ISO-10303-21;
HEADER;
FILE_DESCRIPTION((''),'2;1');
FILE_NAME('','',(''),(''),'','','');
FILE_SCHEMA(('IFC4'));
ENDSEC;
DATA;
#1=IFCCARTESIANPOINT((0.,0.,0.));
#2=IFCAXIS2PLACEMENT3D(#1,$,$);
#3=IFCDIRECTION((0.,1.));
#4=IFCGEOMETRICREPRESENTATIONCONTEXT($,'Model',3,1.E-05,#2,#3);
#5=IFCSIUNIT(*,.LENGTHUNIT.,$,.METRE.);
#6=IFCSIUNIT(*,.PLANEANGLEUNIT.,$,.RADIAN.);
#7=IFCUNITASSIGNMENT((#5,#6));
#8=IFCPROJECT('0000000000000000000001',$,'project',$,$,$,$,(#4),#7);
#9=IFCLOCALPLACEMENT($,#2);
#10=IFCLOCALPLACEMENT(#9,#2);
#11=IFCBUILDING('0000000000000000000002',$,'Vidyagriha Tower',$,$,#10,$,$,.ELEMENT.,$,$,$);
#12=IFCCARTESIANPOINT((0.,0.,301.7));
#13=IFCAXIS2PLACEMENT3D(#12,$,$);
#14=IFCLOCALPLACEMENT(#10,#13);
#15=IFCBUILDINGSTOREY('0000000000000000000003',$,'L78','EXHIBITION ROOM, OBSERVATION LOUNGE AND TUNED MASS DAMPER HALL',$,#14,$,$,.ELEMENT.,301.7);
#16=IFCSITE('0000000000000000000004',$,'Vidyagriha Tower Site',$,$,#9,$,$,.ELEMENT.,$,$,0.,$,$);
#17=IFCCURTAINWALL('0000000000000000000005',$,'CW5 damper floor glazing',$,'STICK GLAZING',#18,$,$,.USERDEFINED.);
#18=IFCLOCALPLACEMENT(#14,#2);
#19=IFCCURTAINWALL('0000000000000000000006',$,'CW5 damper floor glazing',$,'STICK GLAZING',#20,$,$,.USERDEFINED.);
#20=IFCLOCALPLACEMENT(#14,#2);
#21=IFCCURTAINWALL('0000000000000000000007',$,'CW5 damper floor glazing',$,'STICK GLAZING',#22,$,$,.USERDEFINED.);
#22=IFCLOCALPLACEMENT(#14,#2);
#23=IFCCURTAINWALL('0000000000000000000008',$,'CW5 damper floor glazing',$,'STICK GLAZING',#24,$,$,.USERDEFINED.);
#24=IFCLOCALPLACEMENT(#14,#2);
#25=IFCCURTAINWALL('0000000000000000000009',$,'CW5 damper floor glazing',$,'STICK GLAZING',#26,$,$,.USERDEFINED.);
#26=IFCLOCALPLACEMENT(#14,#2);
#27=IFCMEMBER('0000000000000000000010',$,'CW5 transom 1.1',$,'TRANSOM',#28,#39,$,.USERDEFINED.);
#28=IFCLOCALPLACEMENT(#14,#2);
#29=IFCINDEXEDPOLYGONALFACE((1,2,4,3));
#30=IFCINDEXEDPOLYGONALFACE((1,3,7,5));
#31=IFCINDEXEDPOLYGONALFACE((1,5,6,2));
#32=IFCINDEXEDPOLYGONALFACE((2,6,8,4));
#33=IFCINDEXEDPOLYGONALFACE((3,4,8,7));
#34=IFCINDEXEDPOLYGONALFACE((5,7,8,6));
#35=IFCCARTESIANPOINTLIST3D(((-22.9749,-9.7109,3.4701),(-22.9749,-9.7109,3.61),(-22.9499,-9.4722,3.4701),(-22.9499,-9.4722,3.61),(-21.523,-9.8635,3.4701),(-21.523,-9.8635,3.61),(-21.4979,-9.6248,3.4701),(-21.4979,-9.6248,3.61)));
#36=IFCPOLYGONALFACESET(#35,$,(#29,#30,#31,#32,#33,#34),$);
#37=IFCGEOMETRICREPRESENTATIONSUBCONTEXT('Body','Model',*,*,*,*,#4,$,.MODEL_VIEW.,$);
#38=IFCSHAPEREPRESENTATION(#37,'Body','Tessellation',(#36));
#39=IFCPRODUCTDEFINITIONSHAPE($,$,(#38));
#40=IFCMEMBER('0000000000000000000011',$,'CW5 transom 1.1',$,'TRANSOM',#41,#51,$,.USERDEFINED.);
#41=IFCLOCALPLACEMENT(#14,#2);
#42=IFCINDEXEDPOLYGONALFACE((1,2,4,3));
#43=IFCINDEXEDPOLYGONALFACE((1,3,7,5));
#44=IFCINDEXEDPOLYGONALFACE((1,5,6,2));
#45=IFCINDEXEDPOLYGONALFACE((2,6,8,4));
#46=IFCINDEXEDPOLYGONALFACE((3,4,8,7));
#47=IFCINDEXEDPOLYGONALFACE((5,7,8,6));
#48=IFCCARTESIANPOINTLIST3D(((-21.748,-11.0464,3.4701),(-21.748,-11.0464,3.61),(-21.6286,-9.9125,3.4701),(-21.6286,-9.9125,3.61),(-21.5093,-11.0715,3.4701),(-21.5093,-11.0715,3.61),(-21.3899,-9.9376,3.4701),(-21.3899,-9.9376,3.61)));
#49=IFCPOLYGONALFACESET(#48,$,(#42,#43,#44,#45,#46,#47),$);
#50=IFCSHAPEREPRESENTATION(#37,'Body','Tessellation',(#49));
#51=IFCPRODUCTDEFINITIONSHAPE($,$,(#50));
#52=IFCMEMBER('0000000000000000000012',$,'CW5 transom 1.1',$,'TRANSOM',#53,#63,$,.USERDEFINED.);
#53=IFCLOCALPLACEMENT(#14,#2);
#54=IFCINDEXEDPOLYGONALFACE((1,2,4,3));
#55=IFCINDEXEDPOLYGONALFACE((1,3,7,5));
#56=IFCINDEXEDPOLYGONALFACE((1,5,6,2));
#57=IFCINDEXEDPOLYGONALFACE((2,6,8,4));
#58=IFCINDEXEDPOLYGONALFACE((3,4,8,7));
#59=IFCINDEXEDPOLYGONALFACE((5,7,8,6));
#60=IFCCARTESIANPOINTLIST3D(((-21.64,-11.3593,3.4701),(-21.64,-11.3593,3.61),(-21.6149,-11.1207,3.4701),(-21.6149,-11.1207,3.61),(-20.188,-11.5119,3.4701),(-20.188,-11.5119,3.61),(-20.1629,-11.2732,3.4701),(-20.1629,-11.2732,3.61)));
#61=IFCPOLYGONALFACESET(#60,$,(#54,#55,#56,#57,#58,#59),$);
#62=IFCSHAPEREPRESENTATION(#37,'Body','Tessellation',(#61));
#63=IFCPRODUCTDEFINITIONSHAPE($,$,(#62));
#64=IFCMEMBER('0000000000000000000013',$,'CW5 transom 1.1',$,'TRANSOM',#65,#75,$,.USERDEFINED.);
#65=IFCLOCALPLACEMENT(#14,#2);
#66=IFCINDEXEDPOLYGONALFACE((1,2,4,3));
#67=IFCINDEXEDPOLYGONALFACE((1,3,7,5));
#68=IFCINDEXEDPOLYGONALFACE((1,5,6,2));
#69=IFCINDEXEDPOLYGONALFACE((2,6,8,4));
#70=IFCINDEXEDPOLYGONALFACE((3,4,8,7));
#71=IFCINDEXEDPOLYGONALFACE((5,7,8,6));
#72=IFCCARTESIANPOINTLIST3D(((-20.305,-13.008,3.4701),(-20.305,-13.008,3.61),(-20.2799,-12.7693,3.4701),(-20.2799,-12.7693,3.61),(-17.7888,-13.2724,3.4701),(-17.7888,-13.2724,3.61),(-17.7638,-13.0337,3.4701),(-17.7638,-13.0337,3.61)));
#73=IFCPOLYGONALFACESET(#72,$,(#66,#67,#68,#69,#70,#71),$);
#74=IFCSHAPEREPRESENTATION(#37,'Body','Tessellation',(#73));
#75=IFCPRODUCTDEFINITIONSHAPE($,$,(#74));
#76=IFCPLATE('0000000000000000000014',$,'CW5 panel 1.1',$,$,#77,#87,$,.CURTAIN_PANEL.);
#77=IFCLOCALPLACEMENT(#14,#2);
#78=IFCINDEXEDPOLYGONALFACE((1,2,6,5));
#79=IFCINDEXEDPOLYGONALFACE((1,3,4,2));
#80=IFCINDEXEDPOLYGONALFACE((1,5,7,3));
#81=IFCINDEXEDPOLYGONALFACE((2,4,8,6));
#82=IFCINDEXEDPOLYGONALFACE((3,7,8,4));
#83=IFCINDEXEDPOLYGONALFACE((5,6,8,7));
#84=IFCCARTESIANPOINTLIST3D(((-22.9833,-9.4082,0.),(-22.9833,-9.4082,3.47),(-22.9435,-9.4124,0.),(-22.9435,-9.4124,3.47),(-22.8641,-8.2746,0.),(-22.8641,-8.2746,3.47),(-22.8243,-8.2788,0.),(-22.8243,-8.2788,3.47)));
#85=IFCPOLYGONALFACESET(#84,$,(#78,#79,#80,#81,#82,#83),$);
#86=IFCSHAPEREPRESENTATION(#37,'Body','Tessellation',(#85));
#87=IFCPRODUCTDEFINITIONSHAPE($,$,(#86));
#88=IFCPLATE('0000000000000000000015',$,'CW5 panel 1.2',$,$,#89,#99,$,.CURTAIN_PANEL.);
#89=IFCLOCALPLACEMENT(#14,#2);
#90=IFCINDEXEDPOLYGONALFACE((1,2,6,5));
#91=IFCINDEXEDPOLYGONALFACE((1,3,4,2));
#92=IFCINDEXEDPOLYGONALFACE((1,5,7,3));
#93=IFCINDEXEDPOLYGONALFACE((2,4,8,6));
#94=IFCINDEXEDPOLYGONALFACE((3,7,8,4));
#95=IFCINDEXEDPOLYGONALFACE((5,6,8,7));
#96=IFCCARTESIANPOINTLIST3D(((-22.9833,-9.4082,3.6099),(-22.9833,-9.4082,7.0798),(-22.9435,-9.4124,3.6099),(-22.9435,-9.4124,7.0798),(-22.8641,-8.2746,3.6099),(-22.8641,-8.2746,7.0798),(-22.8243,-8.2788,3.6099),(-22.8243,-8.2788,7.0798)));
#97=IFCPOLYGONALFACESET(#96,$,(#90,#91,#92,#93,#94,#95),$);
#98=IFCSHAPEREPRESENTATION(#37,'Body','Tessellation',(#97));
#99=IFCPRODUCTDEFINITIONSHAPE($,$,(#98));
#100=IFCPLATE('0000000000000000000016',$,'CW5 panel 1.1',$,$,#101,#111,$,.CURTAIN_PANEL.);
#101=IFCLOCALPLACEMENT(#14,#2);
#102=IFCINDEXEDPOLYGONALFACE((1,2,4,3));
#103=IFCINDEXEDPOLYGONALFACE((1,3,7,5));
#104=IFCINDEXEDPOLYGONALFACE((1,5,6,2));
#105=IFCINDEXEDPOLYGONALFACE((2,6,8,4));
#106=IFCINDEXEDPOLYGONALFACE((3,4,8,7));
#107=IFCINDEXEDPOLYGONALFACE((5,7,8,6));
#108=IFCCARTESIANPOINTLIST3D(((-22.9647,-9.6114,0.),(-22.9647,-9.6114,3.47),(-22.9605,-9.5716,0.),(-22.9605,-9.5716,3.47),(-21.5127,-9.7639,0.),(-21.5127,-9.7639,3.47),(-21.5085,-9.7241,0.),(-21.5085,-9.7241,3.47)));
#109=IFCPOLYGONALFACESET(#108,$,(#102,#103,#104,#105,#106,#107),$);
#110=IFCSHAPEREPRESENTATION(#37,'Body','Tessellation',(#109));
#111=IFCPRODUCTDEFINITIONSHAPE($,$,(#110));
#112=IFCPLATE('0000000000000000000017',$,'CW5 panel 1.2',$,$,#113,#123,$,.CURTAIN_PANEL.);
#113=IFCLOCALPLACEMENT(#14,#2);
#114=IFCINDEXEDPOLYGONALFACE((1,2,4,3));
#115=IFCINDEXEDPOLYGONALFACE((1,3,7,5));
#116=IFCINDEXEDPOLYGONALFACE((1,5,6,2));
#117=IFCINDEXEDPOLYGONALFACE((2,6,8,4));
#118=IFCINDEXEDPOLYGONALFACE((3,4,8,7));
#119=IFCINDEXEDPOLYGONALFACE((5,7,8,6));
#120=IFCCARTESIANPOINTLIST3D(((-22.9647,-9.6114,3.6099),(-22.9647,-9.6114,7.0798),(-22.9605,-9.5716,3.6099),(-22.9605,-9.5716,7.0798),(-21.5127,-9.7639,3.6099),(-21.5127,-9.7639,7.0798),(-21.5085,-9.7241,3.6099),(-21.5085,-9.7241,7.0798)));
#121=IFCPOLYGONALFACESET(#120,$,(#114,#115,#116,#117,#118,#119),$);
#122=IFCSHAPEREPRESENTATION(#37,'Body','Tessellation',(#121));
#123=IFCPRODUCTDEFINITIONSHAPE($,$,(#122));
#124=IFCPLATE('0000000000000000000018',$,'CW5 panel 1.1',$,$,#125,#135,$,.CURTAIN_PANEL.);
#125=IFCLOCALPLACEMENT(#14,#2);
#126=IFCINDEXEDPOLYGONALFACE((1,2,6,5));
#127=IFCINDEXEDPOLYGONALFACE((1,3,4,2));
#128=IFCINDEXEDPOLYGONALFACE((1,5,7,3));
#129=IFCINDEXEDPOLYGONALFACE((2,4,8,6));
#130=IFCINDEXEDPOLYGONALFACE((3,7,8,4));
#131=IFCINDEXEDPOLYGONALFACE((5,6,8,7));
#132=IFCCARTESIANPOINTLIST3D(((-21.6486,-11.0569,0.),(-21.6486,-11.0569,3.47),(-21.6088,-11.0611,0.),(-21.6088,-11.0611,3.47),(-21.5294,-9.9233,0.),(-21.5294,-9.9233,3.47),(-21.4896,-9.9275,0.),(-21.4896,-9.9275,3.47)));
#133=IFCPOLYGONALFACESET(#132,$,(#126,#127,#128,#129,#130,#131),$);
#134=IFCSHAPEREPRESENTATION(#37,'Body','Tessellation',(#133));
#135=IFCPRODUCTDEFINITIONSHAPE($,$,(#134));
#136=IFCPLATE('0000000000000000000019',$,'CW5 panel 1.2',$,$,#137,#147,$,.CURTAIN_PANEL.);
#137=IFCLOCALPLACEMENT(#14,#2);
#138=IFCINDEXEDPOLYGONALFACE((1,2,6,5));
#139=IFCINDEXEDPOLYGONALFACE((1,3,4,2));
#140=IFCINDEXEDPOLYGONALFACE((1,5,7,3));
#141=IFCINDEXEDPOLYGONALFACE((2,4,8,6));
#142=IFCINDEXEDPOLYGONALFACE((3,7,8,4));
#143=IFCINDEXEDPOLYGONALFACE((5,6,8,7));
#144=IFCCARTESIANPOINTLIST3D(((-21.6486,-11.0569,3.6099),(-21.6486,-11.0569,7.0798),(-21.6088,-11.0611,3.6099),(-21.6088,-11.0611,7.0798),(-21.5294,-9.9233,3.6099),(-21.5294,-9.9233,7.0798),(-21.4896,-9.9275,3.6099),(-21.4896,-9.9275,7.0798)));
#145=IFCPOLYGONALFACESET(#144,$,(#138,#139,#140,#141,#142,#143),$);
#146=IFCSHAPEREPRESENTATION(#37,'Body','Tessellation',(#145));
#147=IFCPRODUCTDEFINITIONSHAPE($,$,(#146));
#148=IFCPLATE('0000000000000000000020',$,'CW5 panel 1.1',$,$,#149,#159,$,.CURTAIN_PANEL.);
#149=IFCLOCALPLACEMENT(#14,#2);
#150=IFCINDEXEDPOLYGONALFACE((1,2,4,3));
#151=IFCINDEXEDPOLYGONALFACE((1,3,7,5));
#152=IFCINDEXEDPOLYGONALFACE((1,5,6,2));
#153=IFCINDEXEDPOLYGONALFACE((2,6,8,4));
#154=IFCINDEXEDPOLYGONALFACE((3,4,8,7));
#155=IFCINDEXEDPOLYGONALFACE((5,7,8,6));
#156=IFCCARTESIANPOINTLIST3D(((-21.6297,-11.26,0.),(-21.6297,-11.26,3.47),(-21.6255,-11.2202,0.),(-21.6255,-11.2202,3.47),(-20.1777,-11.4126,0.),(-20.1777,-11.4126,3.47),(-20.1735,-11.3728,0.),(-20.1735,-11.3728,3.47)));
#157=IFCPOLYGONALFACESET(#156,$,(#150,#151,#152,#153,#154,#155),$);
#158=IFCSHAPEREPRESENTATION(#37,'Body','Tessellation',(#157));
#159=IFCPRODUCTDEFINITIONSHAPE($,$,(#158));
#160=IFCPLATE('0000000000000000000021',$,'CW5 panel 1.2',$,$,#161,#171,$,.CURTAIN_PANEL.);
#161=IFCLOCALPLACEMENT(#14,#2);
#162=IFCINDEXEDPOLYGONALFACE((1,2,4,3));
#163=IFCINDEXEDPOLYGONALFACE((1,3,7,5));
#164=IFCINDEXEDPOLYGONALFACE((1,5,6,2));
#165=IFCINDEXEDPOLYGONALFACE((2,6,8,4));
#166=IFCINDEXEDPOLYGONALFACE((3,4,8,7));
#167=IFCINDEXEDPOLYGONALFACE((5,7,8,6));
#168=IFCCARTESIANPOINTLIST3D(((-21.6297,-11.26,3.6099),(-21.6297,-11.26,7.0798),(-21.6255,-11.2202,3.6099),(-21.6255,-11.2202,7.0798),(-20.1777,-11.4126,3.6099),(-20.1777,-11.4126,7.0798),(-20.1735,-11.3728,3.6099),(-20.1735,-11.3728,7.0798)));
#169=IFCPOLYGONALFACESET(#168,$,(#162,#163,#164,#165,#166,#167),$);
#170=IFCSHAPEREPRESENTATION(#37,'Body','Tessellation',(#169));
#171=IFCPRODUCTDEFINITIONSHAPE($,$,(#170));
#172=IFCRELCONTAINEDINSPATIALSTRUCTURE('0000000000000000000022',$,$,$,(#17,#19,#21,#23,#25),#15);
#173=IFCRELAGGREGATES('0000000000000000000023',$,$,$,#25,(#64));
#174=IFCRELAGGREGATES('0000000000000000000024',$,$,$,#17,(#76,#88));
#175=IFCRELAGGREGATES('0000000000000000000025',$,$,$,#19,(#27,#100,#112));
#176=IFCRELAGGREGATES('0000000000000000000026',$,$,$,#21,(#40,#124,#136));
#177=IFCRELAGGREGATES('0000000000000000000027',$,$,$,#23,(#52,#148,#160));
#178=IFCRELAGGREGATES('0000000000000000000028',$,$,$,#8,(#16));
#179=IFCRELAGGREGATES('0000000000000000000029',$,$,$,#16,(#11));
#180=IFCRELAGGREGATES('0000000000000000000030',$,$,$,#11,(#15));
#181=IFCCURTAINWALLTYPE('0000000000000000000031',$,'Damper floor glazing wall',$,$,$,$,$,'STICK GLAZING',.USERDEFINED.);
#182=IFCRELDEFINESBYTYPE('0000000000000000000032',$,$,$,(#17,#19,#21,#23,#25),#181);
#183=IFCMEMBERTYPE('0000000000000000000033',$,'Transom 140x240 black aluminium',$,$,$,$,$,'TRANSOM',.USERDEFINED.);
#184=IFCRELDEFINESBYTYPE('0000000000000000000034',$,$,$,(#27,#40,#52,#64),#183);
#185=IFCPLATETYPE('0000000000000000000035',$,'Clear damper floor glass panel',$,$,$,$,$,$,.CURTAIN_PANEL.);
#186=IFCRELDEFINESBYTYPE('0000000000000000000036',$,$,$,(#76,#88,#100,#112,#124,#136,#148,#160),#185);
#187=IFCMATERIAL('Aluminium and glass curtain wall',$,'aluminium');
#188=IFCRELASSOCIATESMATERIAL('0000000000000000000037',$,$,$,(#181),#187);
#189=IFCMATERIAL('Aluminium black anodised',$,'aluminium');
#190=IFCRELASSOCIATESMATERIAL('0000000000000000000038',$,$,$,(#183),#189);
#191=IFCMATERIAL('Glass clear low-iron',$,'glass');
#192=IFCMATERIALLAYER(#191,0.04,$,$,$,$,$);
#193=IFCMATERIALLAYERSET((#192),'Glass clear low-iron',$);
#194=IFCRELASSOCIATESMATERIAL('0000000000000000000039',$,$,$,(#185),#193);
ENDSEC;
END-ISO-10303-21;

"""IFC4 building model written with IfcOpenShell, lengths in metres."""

from ifc_helpers import new_model, si_unit, direction, frame, origin, origin_2d, place, context, subcontext, project, spatial, rectangle, extrude, material, layer, layer_set, material_profile, profile_set, type_object, element, aggregate, save


model = new_model("IFC4")

# Units and contexts
model_context = context("Model", 3, precision=1e-05, world=origin(), true_north=direction((0.0, 1.0)))
body_context = subcontext(model_context, "Body", "Model", "MODEL_VIEW")
ifc_project = project(units=[si_unit("LENGTHUNIT", "METRE"), si_unit("PLANEANGLEUNIT", "RADIAN")], contexts=[model_context])

# Site, building, storey
site_placement = place(None, origin())
site = spatial("IfcSite", under=ifc_project, at=site_placement, Name="Vidyagriha Tower Site", CompositionType="ELEMENT", RefElevation=0.0)
building_placement = place(site_placement, origin())
building = spatial("IfcBuilding", under=site, at=building_placement, Name="Vidyagriha Tower", CompositionType="ELEMENT")
storey_placement = place(building_placement, frame((0.0, 0.0, 301.7)))
storey = spatial("IfcBuildingStorey", under=building, at=storey_placement, Name="L78", Description="EXHIBITION ROOM, OBSERVATION LOUNGE AND TUNED MASS DAMPER HALL", CompositionType="ELEMENT", Elevation=301.7)

# Curtain walls
ifc_material_1 = material(Name="Aluminium and glass curtain wall", Category="aluminium")
curtain_wall_type = type_object("IfcCurtainWallType", Name="Damper floor glazing wall", ElementType="STICK GLAZING", PredefinedType="USERDEFINED", material=ifc_material_1)
curtain_wall_1_placement = place(storey_placement, origin())
curtain_wall_1 = element("IfcCurtainWall", 1, at=curtain_wall_1_placement, inside=storey, type_object=curtain_wall_type, Name="CW5 damper floor glazing", ObjectType="STICK GLAZING", PredefinedType="USERDEFINED")
curtain_wall_2_placement = place(storey_placement, origin())
curtain_wall_2 = element("IfcCurtainWall", 2, at=curtain_wall_2_placement, inside=storey, type_object=curtain_wall_type, Name="CW5 damper floor glazing", ObjectType="STICK GLAZING", PredefinedType="USERDEFINED")
curtain_wall_3_placement = place(storey_placement, origin())
curtain_wall_3 = element("IfcCurtainWall", 3, at=curtain_wall_3_placement, inside=storey, type_object=curtain_wall_type, Name="CW5 damper floor glazing", ObjectType="STICK GLAZING", PredefinedType="USERDEFINED")

# Curtain walls
curtain_wall_4_placement = place(storey_placement, origin())
curtain_wall_4 = element("IfcCurtainWall", 4, at=curtain_wall_4_placement, inside=storey, type_object=curtain_wall_type, Name="CW5 damper floor glazing", ObjectType="STICK GLAZING", PredefinedType="USERDEFINED")
curtain_wall_5_placement = place(storey_placement, origin())
curtain_wall_5 = element("IfcCurtainWall", 5, at=curtain_wall_5_placement, inside=storey, type_object=curtain_wall_type, Name="CW5 damper floor glazing", ObjectType="STICK GLAZING", PredefinedType="USERDEFINED")

# Members
ifc_material_2 = material(Name="Aluminium black anodised", Category="aluminium")
ifc_material_profile_1 = material_profile(ifc_material_2, rectangle(XDim=0.24, YDim=0.1399, at=origin_2d()), Name="Transom 140x240 black aluminium")
ifc_profile_set_1 = profile_set([ifc_material_profile_1], Name="Aluminium black anodised")
member_type_1 = type_object("IfcMemberType", Name="Transom 140x240 black aluminium", ElementType="TRANSOM", PredefinedType="USERDEFINED", material=ifc_profile_set_1)
member_1_placement = place(storey_placement, frame((-22.9624, -9.5916, 3.54), z_axis=(0.994523, -0.104519, 0.0), x_axis=(0.104519, 0.994523, 0.0)))
member_1 = element("IfcMember", 6, at=member_1_placement, type_object=member_type_1, Name="CW5 transom 1.1", ObjectType="TRANSOM", PredefinedType="USERDEFINED", context=body_context, shape_type="SweptSolid", body=[
    extrude(rectangle(XDim=0.24, YDim=0.1399, at=origin_2d()), origin(), (0.0, 0.0, 1.0), 1.46),
])
member_2_placement = place(storey_placement, frame((-21.5093, -9.925, 3.54), z_axis=(-0.104718, -0.994502, 0.0), x_axis=(0.994502, -0.104718, 0.0)))
member_2 = element("IfcMember", 7, at=member_2_placement, type_object=member_type_1, Name="CW5 transom 1.1", ObjectType="TRANSOM", PredefinedType="USERDEFINED", context=body_context, shape_type="SweptSolid", body=[
    extrude(rectangle(XDim=0.24, YDim=0.1399, at=origin_2d()), origin(), (0.0, 0.0, 1.0), 1.1401),
])
member_3_placement = place(storey_placement, frame((-21.6274, -11.24, 3.54), z_axis=(0.994523, -0.104519, 0.0), x_axis=(0.104519, 0.994523, 0.0)))
member_3 = element("IfcMember", 8, at=member_3_placement, type_object=member_type_1, Name="CW5 transom 1.1", ObjectType="TRANSOM", PredefinedType="USERDEFINED", context=body_context, shape_type="SweptSolid", body=[
    extrude(rectangle(XDim=0.24, YDim=0.1399, at=origin_2d()), origin(), (0.0, 0.0, 1.0), 1.46),
])
member_4_placement = place(storey_placement, frame((-20.2925, -12.8887, 3.54), z_axis=(0.994524, -0.104509, 0.0), x_axis=(0.104509, 0.994524, 0.0)))
member_4 = element("IfcMember", 9, at=member_4_placement, type_object=member_type_1, Name="CW5 transom 1.1", ObjectType="TRANSOM", PredefinedType="USERDEFINED", context=body_context, shape_type="SweptSolid", body=[
    extrude(rectangle(XDim=0.24, YDim=0.1399, at=origin_2d()), origin(), (0.0, 0.0, 1.0), 2.53),
])
aggregate(curtain_wall_5, [member_4])

# Plates
ifc_material_3 = material(Name="Glass clear low-iron", Category="glass")
ifc_layer = layer(ifc_material_3, 0.04)
ifc_layer_set = layer_set([ifc_layer], Name="Glass clear low-iron")
plate_type = type_object("IfcPlateType", Name="Clear damper floor glass panel", PredefinedType="CURTAIN_PANEL", material=ifc_layer_set)
plate_1_placement = place(storey_placement, frame((-22.9038, -8.8435, 0.0), z_axis=(0.0, 0.0, 1.0), x_axis=(-0.104557, -0.994519, 0.0)))
plate_1 = element("IfcPlate", 10, at=plate_1_placement, type_object=plate_type, Name="CW5 panel 1.1", PredefinedType="CURTAIN_PANEL", context=body_context, shape_type="SweptSolid", body=[
    extrude(rectangle(XDim=1.1399, YDim=0.04, at=origin_2d()), origin(), (0.0, 0.0, 1.0), 3.47),
])
plate_2_placement = place(storey_placement, frame((-22.9038, -8.8435, 3.6099), z_axis=(0.0, 0.0, 1.0), x_axis=(-0.104557, -0.994519, 0.0)))
plate_2 = element("IfcPlate", 11, at=plate_2_placement, type_object=plate_type, Name="CW5 panel 1.2", PredefinedType="CURTAIN_PANEL", context=body_context, shape_type="SweptSolid", body=[
    extrude(rectangle(XDim=1.1399, YDim=0.04, at=origin_2d()), origin(), (0.0, 0.0, 1.0), 3.47),
])
aggregate(curtain_wall_1, [plate_1, plate_2])
plate_3_placement = place(storey_placement, frame((-22.2366, -9.6677, 0.0), z_axis=(0.0, 0.0, 1.0), x_axis=(0.994529, -0.104459, 0.0)))
plate_3 = element("IfcPlate", 12, at=plate_3_placement, type_object=plate_type, Name="CW5 panel 1.1", PredefinedType="CURTAIN_PANEL", context=body_context, shape_type="SweptSolid", body=[
    extrude(rectangle(XDim=1.46, YDim=0.04, at=origin_2d()), origin(), (0.0, 0.0, 1.0), 3.47),
])
plate_4_placement = place(storey_placement, frame((-22.2366, -9.6677, 3.6099), z_axis=(0.0, 0.0, 1.0), x_axis=(0.994529, -0.104459, 0.0)))
plate_4 = element("IfcPlate", 13, at=plate_4_placement, type_object=plate_type, Name="CW5 panel 1.2", PredefinedType="CURTAIN_PANEL", context=body_context, shape_type="SweptSolid", body=[
    extrude(rectangle(XDim=1.46, YDim=0.04, at=origin_2d()), origin(), (0.0, 0.0, 1.0), 3.47),
])
aggregate(curtain_wall_2, [member_1, plate_3, plate_4])
plate_5_placement = place(storey_placement, frame((-21.5691, -10.4922, 0.0), z_axis=(0.0, 0.0, 1.0), x_axis=(-0.104549, -0.99452, 0.0)))
plate_5 = element("IfcPlate", 14, at=plate_5_placement, type_object=plate_type, Name="CW5 panel 1.1", PredefinedType="CURTAIN_PANEL", context=body_context, shape_type="SweptSolid", body=[
    extrude(rectangle(XDim=1.1399, YDim=0.04, at=origin_2d()), origin(), (0.0, 0.0, 1.0), 3.47),
])
plate_6_placement = place(storey_placement, frame((-21.5691, -10.4922, 3.6099), z_axis=(0.0, 0.0, 1.0), x_axis=(-0.104549, -0.99452, 0.0)))
plate_6 = element("IfcPlate", 15, at=plate_6_placement, type_object=plate_type, Name="CW5 panel 1.2", PredefinedType="CURTAIN_PANEL", context=body_context, shape_type="SweptSolid", body=[
    extrude(rectangle(XDim=1.1399, YDim=0.04, at=origin_2d()), origin(), (0.0, 0.0, 1.0), 3.47),
])
aggregate(curtain_wall_3, [member_2, plate_5, plate_6])
plate_7_placement = place(storey_placement, frame((-20.9016, -11.3164, 0.0), z_axis=(0.0, 0.0, 1.0), x_axis=(0.994523, -0.104519, 0.0)))
plate_7 = element("IfcPlate", 16, at=plate_7_placement, type_object=plate_type, Name="CW5 panel 1.1", PredefinedType="CURTAIN_PANEL", context=body_context, shape_type="SweptSolid", body=[
    extrude(rectangle(XDim=1.46, YDim=0.04, at=origin_2d()), origin(), (0.0, 0.0, 1.0), 3.47),
])
plate_8_placement = place(storey_placement, frame((-20.9016, -11.3164, 3.6099), z_axis=(0.0, 0.0, 1.0), x_axis=(0.994523, -0.104519, 0.0)))
plate_8 = element("IfcPlate", 17, at=plate_8_placement, type_object=plate_type, Name="CW5 panel 1.2", PredefinedType="CURTAIN_PANEL", context=body_context, shape_type="SweptSolid", body=[
    extrude(rectangle(XDim=1.46, YDim=0.04, at=origin_2d()), origin(), (0.0, 0.0, 1.0), 3.47),
])
aggregate(curtain_wall_4, [member_3, plate_7, plate_8])

save(model, "model.ifc")
